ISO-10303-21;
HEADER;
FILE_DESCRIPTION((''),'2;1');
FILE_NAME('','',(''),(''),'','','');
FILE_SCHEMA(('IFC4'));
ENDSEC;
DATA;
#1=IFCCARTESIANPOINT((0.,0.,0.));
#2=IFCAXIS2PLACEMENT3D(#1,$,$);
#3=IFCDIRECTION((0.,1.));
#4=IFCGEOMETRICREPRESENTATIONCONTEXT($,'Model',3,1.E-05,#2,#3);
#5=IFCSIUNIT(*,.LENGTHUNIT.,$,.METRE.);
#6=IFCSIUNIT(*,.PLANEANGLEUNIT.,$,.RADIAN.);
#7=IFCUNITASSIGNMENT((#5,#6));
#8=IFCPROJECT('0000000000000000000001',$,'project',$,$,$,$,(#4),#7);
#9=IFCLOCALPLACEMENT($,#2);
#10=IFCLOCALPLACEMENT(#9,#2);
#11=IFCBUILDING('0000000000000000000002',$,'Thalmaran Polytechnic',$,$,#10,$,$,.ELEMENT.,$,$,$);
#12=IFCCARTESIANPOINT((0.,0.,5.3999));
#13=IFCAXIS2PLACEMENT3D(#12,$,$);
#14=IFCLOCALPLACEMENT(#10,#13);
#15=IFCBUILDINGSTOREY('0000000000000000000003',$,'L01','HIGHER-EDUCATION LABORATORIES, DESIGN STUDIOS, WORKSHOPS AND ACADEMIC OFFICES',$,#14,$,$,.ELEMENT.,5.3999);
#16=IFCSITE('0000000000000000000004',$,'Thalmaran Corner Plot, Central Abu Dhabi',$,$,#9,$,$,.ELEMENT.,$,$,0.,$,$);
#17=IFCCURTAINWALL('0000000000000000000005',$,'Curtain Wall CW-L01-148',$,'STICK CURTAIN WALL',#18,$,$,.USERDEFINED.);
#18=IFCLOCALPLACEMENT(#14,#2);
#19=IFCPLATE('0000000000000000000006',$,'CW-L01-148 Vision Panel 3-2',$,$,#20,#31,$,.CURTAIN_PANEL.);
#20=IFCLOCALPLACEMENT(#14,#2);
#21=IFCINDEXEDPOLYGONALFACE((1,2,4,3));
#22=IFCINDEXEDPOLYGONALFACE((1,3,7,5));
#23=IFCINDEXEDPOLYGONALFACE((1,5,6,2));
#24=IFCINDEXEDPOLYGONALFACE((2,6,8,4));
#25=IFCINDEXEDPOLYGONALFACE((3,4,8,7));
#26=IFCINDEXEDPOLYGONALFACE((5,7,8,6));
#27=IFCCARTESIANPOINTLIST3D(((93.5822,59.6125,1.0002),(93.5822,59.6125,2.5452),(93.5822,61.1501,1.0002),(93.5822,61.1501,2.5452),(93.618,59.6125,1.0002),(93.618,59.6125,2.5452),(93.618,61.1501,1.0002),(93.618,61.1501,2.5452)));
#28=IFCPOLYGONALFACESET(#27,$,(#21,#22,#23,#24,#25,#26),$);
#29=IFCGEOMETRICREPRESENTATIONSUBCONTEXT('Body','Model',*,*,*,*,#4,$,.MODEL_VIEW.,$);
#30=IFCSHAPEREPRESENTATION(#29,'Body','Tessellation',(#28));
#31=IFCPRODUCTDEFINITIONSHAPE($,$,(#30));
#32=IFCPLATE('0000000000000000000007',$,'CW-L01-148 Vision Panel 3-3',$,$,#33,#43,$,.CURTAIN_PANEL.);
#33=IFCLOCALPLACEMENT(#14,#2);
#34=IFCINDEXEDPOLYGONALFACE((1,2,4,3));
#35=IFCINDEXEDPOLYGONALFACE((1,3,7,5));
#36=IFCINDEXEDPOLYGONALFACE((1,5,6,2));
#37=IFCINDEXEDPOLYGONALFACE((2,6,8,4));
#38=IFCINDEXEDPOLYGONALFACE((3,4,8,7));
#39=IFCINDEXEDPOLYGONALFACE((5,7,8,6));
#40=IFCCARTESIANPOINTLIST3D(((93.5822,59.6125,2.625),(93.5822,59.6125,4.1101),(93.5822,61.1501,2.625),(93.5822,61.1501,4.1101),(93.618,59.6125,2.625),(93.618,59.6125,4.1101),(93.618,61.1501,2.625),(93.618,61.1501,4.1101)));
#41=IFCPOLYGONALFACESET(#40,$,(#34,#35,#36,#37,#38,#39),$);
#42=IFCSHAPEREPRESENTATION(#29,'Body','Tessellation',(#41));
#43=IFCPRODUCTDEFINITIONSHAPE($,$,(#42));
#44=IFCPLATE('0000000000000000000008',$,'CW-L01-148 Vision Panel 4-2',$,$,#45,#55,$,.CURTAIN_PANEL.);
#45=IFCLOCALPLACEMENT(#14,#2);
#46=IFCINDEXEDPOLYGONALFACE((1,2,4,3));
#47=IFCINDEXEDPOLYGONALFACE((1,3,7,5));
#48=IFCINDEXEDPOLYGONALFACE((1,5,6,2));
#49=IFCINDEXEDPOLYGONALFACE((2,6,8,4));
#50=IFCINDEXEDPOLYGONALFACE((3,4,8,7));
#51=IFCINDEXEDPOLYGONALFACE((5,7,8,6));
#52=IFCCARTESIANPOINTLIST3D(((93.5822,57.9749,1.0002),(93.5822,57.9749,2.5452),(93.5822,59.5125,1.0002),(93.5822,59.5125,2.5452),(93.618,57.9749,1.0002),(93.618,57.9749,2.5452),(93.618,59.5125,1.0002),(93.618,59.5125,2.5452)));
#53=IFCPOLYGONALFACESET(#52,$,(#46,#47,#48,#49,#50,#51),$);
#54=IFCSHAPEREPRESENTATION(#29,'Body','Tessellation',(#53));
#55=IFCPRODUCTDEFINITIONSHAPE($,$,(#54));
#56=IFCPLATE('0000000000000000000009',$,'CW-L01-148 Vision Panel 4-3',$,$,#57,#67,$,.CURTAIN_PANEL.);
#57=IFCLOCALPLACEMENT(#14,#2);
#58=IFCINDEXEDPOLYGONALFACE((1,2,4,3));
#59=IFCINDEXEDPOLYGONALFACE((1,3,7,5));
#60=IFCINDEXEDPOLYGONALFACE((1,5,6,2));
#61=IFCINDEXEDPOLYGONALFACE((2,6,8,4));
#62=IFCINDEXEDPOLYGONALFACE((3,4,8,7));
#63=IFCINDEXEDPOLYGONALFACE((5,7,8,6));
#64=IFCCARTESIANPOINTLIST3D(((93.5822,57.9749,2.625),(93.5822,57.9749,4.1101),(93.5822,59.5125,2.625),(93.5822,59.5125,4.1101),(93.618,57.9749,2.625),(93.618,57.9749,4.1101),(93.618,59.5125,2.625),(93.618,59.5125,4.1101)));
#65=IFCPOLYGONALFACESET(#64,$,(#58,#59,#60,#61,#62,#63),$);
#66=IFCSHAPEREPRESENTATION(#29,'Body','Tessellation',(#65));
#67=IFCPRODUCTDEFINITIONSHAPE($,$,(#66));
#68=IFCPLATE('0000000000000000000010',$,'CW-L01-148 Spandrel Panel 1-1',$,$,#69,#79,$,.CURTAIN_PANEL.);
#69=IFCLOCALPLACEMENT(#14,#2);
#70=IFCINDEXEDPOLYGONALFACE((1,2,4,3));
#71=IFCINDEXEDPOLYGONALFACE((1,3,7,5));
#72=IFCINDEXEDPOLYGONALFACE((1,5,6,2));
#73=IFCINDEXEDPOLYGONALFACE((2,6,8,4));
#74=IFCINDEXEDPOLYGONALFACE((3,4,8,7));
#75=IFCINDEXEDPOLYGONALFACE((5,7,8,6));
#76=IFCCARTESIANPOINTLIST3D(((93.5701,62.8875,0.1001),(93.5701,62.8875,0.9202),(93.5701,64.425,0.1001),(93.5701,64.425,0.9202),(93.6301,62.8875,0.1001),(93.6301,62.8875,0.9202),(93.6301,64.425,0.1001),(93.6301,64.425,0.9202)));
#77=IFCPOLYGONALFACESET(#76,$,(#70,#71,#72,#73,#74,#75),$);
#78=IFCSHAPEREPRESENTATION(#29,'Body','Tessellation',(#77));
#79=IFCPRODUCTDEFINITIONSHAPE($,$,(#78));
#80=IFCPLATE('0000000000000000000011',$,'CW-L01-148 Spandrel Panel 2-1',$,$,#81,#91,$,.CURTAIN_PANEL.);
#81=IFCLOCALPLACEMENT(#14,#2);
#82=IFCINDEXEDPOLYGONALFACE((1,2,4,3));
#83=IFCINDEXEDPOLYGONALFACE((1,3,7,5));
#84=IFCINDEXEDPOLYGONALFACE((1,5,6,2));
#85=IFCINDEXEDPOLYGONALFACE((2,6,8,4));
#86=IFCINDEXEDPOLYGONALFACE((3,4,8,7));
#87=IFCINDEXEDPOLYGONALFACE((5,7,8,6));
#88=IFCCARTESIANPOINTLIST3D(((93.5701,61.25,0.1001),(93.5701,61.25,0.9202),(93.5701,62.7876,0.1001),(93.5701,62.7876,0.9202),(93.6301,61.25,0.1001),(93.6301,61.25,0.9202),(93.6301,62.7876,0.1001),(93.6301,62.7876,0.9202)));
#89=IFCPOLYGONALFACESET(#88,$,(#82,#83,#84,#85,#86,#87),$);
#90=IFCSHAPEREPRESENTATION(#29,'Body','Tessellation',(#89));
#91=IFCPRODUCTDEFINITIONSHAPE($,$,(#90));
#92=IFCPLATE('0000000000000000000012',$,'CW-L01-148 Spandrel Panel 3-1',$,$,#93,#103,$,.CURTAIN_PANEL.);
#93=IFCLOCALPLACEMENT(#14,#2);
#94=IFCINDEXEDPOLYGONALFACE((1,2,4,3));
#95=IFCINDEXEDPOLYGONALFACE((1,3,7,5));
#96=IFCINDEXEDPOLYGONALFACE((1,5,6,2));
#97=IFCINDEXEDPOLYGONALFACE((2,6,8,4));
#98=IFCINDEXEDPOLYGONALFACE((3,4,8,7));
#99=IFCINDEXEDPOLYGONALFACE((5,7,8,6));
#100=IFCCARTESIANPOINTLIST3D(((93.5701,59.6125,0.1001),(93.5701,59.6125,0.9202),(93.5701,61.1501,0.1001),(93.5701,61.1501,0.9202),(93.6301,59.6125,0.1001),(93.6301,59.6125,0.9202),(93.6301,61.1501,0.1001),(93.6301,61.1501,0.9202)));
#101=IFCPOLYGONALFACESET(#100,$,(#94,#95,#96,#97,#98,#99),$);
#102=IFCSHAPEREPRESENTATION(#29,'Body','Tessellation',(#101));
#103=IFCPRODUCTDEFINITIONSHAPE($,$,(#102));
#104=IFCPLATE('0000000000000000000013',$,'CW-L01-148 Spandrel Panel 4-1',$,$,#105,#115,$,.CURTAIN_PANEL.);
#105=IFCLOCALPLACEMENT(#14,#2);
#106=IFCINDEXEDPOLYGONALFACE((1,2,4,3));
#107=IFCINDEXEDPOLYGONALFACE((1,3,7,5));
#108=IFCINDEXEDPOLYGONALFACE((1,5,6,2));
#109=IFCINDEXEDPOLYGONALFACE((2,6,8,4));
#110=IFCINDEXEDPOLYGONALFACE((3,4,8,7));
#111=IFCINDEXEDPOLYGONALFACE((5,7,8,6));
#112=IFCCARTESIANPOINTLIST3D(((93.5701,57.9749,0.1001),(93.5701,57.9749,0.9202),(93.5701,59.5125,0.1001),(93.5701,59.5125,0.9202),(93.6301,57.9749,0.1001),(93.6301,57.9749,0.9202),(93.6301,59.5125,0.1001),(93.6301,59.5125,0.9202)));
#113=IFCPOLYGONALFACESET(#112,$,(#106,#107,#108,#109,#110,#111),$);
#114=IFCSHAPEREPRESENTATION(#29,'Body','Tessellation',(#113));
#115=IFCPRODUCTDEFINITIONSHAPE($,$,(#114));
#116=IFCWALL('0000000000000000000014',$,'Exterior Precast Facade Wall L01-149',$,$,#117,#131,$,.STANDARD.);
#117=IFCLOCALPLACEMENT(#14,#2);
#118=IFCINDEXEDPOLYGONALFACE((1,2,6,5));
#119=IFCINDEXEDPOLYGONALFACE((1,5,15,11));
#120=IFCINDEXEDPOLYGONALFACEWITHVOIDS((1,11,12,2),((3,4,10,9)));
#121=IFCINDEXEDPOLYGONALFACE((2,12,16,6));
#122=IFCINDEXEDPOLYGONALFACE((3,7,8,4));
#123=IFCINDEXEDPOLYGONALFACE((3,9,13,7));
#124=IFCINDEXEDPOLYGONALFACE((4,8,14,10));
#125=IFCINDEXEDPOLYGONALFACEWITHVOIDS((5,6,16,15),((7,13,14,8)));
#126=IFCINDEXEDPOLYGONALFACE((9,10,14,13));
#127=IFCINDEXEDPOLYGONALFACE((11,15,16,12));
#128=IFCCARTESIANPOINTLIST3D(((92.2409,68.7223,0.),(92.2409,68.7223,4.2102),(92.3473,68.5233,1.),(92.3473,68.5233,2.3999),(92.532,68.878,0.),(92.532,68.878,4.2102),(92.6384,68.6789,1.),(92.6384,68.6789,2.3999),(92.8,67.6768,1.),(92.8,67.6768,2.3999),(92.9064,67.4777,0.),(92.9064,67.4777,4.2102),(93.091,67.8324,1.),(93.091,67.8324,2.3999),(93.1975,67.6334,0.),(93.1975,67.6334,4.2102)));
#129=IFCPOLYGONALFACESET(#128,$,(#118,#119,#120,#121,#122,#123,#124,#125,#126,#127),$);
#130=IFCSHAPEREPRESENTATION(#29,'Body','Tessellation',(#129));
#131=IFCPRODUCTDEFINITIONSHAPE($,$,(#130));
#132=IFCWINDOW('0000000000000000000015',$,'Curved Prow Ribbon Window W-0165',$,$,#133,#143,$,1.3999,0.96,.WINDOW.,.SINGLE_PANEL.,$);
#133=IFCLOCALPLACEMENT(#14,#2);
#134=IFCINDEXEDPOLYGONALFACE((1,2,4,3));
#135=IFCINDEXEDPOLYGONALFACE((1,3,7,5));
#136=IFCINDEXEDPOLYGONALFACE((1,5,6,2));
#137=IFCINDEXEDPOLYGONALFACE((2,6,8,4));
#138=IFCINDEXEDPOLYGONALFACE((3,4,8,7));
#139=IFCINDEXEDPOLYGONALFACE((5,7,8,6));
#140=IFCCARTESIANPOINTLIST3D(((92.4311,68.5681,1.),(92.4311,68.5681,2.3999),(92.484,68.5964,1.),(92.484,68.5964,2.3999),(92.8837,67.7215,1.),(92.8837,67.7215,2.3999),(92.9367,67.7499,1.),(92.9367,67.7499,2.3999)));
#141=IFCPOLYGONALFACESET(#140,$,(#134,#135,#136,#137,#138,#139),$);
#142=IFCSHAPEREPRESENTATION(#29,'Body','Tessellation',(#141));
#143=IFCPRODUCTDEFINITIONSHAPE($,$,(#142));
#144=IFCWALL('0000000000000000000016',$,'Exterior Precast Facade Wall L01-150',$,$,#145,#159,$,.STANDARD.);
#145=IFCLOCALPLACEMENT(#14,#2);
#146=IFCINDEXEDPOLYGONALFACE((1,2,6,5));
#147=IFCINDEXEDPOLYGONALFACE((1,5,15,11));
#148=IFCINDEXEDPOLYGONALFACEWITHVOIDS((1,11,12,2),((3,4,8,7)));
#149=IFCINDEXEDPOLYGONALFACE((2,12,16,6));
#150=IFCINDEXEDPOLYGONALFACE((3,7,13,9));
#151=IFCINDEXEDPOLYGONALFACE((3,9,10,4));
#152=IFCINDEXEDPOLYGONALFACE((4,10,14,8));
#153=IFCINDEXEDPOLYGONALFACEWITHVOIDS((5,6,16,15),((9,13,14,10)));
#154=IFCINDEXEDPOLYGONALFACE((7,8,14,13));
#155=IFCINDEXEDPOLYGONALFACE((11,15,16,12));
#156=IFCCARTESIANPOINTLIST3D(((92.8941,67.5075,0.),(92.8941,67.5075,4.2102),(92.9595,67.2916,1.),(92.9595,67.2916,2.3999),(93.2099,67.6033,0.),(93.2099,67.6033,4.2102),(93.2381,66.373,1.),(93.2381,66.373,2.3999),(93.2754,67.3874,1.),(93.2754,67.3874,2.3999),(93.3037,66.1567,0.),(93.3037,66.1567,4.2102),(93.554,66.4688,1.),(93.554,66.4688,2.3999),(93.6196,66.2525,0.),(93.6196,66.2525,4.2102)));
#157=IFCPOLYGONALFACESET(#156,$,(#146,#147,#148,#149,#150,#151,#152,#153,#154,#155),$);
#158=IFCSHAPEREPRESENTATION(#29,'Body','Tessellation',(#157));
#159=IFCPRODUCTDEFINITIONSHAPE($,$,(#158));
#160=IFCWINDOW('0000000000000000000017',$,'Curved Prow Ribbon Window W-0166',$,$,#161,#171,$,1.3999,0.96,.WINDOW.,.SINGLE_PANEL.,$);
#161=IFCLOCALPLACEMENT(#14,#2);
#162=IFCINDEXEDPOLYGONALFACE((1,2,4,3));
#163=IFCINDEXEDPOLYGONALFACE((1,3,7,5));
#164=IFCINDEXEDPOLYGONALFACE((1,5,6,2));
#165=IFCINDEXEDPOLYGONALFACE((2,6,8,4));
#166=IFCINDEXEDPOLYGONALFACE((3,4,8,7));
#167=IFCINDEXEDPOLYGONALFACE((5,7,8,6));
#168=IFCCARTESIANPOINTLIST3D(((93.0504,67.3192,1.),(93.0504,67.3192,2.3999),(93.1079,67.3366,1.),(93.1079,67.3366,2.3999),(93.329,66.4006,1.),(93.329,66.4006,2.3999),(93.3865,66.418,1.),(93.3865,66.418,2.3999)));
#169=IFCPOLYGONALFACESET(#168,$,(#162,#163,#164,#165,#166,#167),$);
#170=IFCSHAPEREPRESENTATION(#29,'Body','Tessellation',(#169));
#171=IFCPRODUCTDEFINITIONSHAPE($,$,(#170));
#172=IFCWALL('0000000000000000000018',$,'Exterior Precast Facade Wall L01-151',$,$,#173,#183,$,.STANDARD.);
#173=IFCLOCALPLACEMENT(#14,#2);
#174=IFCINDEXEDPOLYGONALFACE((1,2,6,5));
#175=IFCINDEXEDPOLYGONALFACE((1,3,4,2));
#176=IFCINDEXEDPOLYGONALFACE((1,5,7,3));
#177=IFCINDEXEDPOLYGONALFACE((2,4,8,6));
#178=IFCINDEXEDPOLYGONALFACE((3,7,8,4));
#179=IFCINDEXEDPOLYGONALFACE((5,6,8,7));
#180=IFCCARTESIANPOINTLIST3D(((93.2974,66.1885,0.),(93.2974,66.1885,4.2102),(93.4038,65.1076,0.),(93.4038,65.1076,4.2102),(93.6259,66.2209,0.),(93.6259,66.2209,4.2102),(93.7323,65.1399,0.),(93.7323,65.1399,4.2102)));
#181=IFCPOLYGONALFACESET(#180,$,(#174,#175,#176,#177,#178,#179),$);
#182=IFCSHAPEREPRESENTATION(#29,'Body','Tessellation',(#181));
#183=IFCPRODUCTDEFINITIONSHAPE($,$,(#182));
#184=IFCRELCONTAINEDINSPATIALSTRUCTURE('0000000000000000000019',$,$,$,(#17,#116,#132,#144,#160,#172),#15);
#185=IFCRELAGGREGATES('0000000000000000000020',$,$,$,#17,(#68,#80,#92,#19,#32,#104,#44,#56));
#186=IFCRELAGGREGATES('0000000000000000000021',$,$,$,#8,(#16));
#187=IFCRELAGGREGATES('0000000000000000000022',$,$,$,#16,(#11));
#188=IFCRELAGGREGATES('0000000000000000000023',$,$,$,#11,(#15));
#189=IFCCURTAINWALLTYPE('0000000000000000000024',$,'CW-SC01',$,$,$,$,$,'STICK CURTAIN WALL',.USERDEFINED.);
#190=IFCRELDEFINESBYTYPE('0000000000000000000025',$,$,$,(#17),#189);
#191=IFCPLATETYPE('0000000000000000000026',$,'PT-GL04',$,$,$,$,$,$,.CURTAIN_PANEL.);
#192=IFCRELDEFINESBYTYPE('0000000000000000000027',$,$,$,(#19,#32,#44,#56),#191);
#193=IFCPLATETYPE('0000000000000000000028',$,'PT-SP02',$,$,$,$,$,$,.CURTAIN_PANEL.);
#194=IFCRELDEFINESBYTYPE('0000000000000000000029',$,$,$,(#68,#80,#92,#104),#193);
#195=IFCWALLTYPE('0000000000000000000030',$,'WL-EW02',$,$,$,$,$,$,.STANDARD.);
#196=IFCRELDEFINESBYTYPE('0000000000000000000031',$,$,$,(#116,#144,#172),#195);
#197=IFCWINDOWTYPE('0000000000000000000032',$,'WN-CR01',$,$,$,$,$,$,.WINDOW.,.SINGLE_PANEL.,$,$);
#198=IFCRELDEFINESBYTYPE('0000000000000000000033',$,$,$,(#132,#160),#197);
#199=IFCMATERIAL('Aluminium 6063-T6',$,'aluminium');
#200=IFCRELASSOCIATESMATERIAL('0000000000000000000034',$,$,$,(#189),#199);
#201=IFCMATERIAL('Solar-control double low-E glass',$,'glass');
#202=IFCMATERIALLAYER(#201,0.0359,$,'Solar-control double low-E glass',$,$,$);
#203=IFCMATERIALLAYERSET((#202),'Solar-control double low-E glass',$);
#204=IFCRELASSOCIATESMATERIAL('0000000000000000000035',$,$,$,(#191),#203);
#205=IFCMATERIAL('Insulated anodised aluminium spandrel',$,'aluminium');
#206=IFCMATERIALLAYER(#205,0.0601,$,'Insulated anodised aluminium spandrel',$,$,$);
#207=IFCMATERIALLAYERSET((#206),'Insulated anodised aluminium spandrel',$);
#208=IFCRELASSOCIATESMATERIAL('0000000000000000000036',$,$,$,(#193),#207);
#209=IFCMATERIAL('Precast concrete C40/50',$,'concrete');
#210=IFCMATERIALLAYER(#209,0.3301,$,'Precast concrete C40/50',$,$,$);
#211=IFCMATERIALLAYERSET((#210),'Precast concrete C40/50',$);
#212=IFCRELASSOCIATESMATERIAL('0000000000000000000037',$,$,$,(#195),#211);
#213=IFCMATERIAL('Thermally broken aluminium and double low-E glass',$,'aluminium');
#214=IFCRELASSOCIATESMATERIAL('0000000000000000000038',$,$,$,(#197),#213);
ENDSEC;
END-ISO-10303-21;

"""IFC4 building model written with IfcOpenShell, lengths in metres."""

from ifc_helpers import new_model, si_unit, direction, frame, frame_2d, origin, origin_2d, place, context, subcontext, project, spatial, rectangle, extrude, material, layer, layer_set, type_object, element, fill, aggregate, save


model = new_model("IFC4")

# Units and contexts
model_context = context("Model", 3, precision=1e-05, world=origin(), true_north=direction((0.0, 1.0)))
body_context = subcontext(model_context, "Body", "Model", "MODEL_VIEW")
ifc_project = project(units=[si_unit("LENGTHUNIT", "METRE"), si_unit("PLANEANGLEUNIT", "RADIAN")], contexts=[model_context])

# Site, building, storey
site_placement = place(None, origin())
site = spatial("IfcSite", under=ifc_project, at=site_placement, Name="Thalmaran Corner Plot, Central Abu Dhabi", CompositionType="ELEMENT", RefElevation=0.0)
building_placement = place(site_placement, origin())
building = spatial("IfcBuilding", under=site, at=building_placement, Name="Thalmaran Polytechnic", CompositionType="ELEMENT")
storey_placement = place(building_placement, frame((0.0, 0.0, 5.3999)))
storey = spatial("IfcBuildingStorey", under=building, at=storey_placement, Name="L01", Description="HIGHER-EDUCATION LABORATORIES, DESIGN STUDIOS, WORKSHOPS AND ACADEMIC OFFICES", CompositionType="ELEMENT", Elevation=5.3999)

# Curtain wall
ifc_material_1 = material(Name="Aluminium 6063-T6", Category="aluminium")
curtain_wall_type = type_object("IfcCurtainWallType", Name="CW-SC01", ElementType="STICK CURTAIN WALL", PredefinedType="USERDEFINED", material=ifc_material_1)
curtain_wall_placement = place(storey_placement, origin())
curtain_wall = element("IfcCurtainWall", 1, at=curtain_wall_placement, inside=storey, type_object=curtain_wall_type, Name="Curtain Wall CW-L01-148", ObjectType="STICK CURTAIN WALL", PredefinedType="USERDEFINED")

# Plates
ifc_material_2 = material(Name="Solar-control double low-E glass", Category="glass")
ifc_layer_1 = layer(ifc_material_2, 0.0359, Name="Solar-control double low-E glass")
ifc_layer_set_1 = layer_set([ifc_layer_1], Name="Solar-control double low-E glass")
plate_type_1 = type_object("IfcPlateType", Name="PT-GL04", PredefinedType="CURTAIN_PANEL", material=ifc_layer_set_1)
plate_1_placement = place(storey_placement, frame((93.6001, 60.3813, 1.0002), z_axis=(0.0, 0.0, 1.0), x_axis=(0.0, -1.0, 0.0)))
plate_1 = element("IfcPlate", 2, at=plate_1_placement, type_object=plate_type_1, Name="CW-L01-148 Vision Panel 3-2", PredefinedType="CURTAIN_PANEL", context=body_context, shape_type="SweptSolid", body=[
    extrude(rectangle(XDim=1.5376, YDim=0.0359, at=origin_2d()), origin(), (0.0, 0.0, 1.0), 1.5449),
])
plate_2_placement = place(storey_placement, frame((93.6001, 60.3813, 2.625), z_axis=(0.0, 0.0, 1.0), x_axis=(0.0, -1.0, 0.0)))
plate_2 = element("IfcPlate", 3, at=plate_2_placement, type_object=plate_type_1, Name="CW-L01-148 Vision Panel 3-3", PredefinedType="CURTAIN_PANEL", context=body_context, shape_type="SweptSolid", body=[
    extrude(rectangle(XDim=1.5376, YDim=0.0359, at=origin_2d()), origin(), (0.0, 0.0, 1.0), 1.4851),
])
plate_3_placement = place(storey_placement, frame((93.6001, 58.7437, 1.0002), z_axis=(0.0, 0.0, 1.0), x_axis=(0.0, -1.0, 0.0)))
plate_3 = element("IfcPlate", 4, at=plate_3_placement, type_object=plate_type_1, Name="CW-L01-148 Vision Panel 4-2", PredefinedType="CURTAIN_PANEL", context=body_context, shape_type="SweptSolid", body=[
    extrude(rectangle(XDim=1.5376, YDim=0.0359, at=origin_2d()), origin(), (0.0, 0.0, 1.0), 1.5449),
])
plate_4_placement = place(storey_placement, frame((93.6001, 58.7437, 2.625), z_axis=(0.0, 0.0, 1.0), x_axis=(0.0, -1.0, 0.0)))
plate_4 = element("IfcPlate", 5, at=plate_4_placement, type_object=plate_type_1, Name="CW-L01-148 Vision Panel 4-3", PredefinedType="CURTAIN_PANEL", context=body_context, shape_type="SweptSolid", body=[
    extrude(rectangle(XDim=1.5376, YDim=0.0359, at=origin_2d()), origin(), (0.0, 0.0, 1.0), 1.4851),
])
ifc_material_3 = material(Name="Insulated anodised aluminium spandrel", Category="aluminium")
ifc_layer_2 = layer(ifc_material_3, 0.0601, Name="Insulated anodised aluminium spandrel")
ifc_layer_set_2 = layer_set([ifc_layer_2], Name="Insulated anodised aluminium spandrel")
plate_type_2 = type_object("IfcPlateType", Name="PT-SP02", PredefinedType="CURTAIN_PANEL", material=ifc_layer_set_2)
plate_5_placement = place(storey_placement, frame((93.6001, 63.6562, 0.1001), z_axis=(0.0, 0.0, 1.0), x_axis=(0.0, -1.0, 0.0)))
plate_5 = element("IfcPlate", 6, at=plate_5_placement, type_object=plate_type_2, Name="CW-L01-148 Spandrel Panel 1-1", PredefinedType="CURTAIN_PANEL", context=body_context, shape_type="SweptSolid", body=[
    extrude(rectangle(XDim=1.5376, YDim=0.0601, at=origin_2d()), origin(), (0.0, 0.0, 1.0), 0.8201),
])
plate_6_placement = place(storey_placement, frame((93.6001, 62.0188, 0.1001), z_axis=(0.0, 0.0, 1.0), x_axis=(0.0, -1.0, 0.0)))
plate_6 = element("IfcPlate", 7, at=plate_6_placement, type_object=plate_type_2, Name="CW-L01-148 Spandrel Panel 2-1", PredefinedType="CURTAIN_PANEL", context=body_context, shape_type="SweptSolid", body=[
    extrude(rectangle(XDim=1.5376, YDim=0.0601, at=origin_2d()), origin(), (0.0, 0.0, 1.0), 0.8201),
])
plate_7_placement = place(storey_placement, frame((93.6001, 60.3813, 0.1001), z_axis=(0.0, 0.0, 1.0), x_axis=(0.0, -1.0, 0.0)))
plate_7 = element("IfcPlate", 8, at=plate_7_placement, type_object=plate_type_2, Name="CW-L01-148 Spandrel Panel 3-1", PredefinedType="CURTAIN_PANEL", context=body_context, shape_type="SweptSolid", body=[
    extrude(rectangle(XDim=1.5376, YDim=0.0601, at=origin_2d()), origin(), (0.0, 0.0, 1.0), 0.8201),
])
plate_8_placement = place(storey_placement, frame((93.6001, 58.7437, 0.1001), z_axis=(0.0, 0.0, 1.0), x_axis=(0.0, -1.0, 0.0)))
plate_8 = element("IfcPlate", 9, at=plate_8_placement, type_object=plate_type_2, Name="CW-L01-148 Spandrel Panel 4-1", PredefinedType="CURTAIN_PANEL", context=body_context, shape_type="SweptSolid", body=[
    extrude(rectangle(XDim=1.5376, YDim=0.0601, at=origin_2d()), origin(), (0.0, 0.0, 1.0), 0.8201),
])
aggregate(curtain_wall, [plate_5, plate_6, plate_7, plate_1, plate_2, plate_8, plate_3, plate_4])

# Walls, openings, windows
ifc_material_4 = material(Name="Precast concrete C40/50", Category="concrete")
ifc_layer_3 = layer(ifc_material_4, 0.3301, Name="Precast concrete C40/50")
ifc_layer_set_3 = layer_set([ifc_layer_3], Name="Precast concrete C40/50")
wall_type = type_object("IfcWallType", Name="WL-EW02", PredefinedType="STANDARD", material=ifc_layer_set_3)
wall_1_placement = place(storey_placement, frame((92.3865, 68.8, 0.0), z_axis=(0.0, 0.0, 1.0), x_axis=(0.47154, -0.881845, 0.0)))
wall_1 = element("IfcWall", 10, at=wall_1_placement, inside=storey, type_object=wall_type, Name="Exterior Precast Facade Wall L01-149", PredefinedType="STANDARD", context=body_context, shape_type="SweptSolid", body=[
    extrude(rectangle(XDim=1.4114, YDim=0.3301, at=frame_2d((0.7056, 0.0))), origin(), (0.0, 0.0, 1.0), 4.2102),
])
opening_1_placement = place(wall_1_placement, frame((0.2256, 0.0, 1.0)))
opening_1 = element("IfcOpeningElement", 11, at=opening_1_placement, cuts=wall_1, PredefinedType="OPENING", context=body_context, shape_type="SweptSolid", body=[
    extrude(rectangle(XDim=0.96, YDim=1.3999, at=frame_2d((0.48, 0.7))), frame((0.0, 0.175, 0.0), z_axis=(0.0, -1.0, 0.0), x_axis=(1.0, 0.0, 0.0)), (0.0, 0.0, 1.0), 0.3501),
])
ifc_material_5 = material(Name="Thermally broken aluminium and double low-E glass", Category="aluminium")
window_type = type_object("IfcWindowType", Name="WN-CR01", PartitioningType="SINGLE_PANEL", PredefinedType="WINDOW", material=ifc_material_5)
window_1_placement = place(opening_1_placement, origin())
window_1 = element("IfcWindow", 12, at=window_1_placement, inside=storey, type_object=window_type, Name="Curved Prow Ribbon Window W-0165", OverallHeight=1.3999, OverallWidth=0.96, PartitioningType="SINGLE_PANEL", PredefinedType="WINDOW", context=body_context, shape_type="SweptSolid", body=[
    extrude(rectangle(XDim=0.96, YDim=1.3999, at=frame_2d((0.48, 0.7))), frame((0.0, -0.01, 0.0), z_axis=(0.0, -1.0, 0.0), x_axis=(1.0, 0.0, 0.0)), (0.0, 0.0, 1.0), 0.0601),
])
fill(opening_1, window_1)
wall_2_placement = place(storey_placement, frame((93.052, 67.5554, 0.0), z_axis=(0.0, 0.0, 1.0), x_axis=(0.290219, -0.95696, 0.0)))
wall_2 = element("IfcWall", 13, at=wall_2_placement, inside=storey, type_object=wall_type, Name="Exterior Precast Facade Wall L01-150", PredefinedType="STANDARD", context=body_context, shape_type="SweptSolid", body=[
    extrude(rectangle(XDim=1.4116, YDim=0.3301, at=frame_2d((0.7058, 0.0))), origin(), (0.0, 0.0, 1.0), 4.2102),
])
opening_2_placement = place(wall_2_placement, frame((0.2256, 0.0, 1.0)))
opening_2 = element("IfcOpeningElement", 14, at=opening_2_placement, cuts=wall_2, PredefinedType="OPENING", context=body_context, shape_type="SweptSolid", body=[
    extrude(rectangle(XDim=0.96, YDim=1.3999, at=frame_2d((0.48, 0.7))), frame((0.0, 0.175, 0.0), z_axis=(0.0, -1.0, 0.0), x_axis=(1.0, 0.0, 0.0)), (0.0, 0.0, 1.0), 0.3501),
])
window_2_placement = place(opening_2_placement, origin())
window_2 = element("IfcWindow", 15, at=window_2_placement, inside=storey, type_object=window_type, Name="Curved Prow Ribbon Window W-0166", OverallHeight=1.3999, OverallWidth=0.96, PartitioningType="SINGLE_PANEL", PredefinedType="WINDOW", context=body_context, shape_type="SweptSolid", body=[
    extrude(rectangle(XDim=0.96, YDim=1.3999, at=frame_2d((0.48, 0.7))), frame((0.0, -0.01, 0.0), z_axis=(0.0, -1.0, 0.0), x_axis=(1.0, 0.0, 0.0)), (0.0, 0.0, 1.0), 0.0601),
])
fill(opening_2, window_2)

# Wall
wall_3_placement = place(storey_placement, frame((93.4617, 66.2046, 0.0), z_axis=(0.0, 0.0, 1.0), x_axis=(0.09799, -0.995187, 0.0)))
element("IfcWall", 16, at=wall_3_placement, inside=storey, type_object=wall_type, Name="Exterior Precast Facade Wall L01-151", PredefinedType="STANDARD", context=body_context, shape_type="SweptSolid", body=[
    extrude(rectangle(XDim=1.0862, YDim=0.3301, at=frame_2d((0.543, 0.0))), origin(), (0.0, 0.0, 1.0), 4.2102),
])

save(model, "model.ifc")
